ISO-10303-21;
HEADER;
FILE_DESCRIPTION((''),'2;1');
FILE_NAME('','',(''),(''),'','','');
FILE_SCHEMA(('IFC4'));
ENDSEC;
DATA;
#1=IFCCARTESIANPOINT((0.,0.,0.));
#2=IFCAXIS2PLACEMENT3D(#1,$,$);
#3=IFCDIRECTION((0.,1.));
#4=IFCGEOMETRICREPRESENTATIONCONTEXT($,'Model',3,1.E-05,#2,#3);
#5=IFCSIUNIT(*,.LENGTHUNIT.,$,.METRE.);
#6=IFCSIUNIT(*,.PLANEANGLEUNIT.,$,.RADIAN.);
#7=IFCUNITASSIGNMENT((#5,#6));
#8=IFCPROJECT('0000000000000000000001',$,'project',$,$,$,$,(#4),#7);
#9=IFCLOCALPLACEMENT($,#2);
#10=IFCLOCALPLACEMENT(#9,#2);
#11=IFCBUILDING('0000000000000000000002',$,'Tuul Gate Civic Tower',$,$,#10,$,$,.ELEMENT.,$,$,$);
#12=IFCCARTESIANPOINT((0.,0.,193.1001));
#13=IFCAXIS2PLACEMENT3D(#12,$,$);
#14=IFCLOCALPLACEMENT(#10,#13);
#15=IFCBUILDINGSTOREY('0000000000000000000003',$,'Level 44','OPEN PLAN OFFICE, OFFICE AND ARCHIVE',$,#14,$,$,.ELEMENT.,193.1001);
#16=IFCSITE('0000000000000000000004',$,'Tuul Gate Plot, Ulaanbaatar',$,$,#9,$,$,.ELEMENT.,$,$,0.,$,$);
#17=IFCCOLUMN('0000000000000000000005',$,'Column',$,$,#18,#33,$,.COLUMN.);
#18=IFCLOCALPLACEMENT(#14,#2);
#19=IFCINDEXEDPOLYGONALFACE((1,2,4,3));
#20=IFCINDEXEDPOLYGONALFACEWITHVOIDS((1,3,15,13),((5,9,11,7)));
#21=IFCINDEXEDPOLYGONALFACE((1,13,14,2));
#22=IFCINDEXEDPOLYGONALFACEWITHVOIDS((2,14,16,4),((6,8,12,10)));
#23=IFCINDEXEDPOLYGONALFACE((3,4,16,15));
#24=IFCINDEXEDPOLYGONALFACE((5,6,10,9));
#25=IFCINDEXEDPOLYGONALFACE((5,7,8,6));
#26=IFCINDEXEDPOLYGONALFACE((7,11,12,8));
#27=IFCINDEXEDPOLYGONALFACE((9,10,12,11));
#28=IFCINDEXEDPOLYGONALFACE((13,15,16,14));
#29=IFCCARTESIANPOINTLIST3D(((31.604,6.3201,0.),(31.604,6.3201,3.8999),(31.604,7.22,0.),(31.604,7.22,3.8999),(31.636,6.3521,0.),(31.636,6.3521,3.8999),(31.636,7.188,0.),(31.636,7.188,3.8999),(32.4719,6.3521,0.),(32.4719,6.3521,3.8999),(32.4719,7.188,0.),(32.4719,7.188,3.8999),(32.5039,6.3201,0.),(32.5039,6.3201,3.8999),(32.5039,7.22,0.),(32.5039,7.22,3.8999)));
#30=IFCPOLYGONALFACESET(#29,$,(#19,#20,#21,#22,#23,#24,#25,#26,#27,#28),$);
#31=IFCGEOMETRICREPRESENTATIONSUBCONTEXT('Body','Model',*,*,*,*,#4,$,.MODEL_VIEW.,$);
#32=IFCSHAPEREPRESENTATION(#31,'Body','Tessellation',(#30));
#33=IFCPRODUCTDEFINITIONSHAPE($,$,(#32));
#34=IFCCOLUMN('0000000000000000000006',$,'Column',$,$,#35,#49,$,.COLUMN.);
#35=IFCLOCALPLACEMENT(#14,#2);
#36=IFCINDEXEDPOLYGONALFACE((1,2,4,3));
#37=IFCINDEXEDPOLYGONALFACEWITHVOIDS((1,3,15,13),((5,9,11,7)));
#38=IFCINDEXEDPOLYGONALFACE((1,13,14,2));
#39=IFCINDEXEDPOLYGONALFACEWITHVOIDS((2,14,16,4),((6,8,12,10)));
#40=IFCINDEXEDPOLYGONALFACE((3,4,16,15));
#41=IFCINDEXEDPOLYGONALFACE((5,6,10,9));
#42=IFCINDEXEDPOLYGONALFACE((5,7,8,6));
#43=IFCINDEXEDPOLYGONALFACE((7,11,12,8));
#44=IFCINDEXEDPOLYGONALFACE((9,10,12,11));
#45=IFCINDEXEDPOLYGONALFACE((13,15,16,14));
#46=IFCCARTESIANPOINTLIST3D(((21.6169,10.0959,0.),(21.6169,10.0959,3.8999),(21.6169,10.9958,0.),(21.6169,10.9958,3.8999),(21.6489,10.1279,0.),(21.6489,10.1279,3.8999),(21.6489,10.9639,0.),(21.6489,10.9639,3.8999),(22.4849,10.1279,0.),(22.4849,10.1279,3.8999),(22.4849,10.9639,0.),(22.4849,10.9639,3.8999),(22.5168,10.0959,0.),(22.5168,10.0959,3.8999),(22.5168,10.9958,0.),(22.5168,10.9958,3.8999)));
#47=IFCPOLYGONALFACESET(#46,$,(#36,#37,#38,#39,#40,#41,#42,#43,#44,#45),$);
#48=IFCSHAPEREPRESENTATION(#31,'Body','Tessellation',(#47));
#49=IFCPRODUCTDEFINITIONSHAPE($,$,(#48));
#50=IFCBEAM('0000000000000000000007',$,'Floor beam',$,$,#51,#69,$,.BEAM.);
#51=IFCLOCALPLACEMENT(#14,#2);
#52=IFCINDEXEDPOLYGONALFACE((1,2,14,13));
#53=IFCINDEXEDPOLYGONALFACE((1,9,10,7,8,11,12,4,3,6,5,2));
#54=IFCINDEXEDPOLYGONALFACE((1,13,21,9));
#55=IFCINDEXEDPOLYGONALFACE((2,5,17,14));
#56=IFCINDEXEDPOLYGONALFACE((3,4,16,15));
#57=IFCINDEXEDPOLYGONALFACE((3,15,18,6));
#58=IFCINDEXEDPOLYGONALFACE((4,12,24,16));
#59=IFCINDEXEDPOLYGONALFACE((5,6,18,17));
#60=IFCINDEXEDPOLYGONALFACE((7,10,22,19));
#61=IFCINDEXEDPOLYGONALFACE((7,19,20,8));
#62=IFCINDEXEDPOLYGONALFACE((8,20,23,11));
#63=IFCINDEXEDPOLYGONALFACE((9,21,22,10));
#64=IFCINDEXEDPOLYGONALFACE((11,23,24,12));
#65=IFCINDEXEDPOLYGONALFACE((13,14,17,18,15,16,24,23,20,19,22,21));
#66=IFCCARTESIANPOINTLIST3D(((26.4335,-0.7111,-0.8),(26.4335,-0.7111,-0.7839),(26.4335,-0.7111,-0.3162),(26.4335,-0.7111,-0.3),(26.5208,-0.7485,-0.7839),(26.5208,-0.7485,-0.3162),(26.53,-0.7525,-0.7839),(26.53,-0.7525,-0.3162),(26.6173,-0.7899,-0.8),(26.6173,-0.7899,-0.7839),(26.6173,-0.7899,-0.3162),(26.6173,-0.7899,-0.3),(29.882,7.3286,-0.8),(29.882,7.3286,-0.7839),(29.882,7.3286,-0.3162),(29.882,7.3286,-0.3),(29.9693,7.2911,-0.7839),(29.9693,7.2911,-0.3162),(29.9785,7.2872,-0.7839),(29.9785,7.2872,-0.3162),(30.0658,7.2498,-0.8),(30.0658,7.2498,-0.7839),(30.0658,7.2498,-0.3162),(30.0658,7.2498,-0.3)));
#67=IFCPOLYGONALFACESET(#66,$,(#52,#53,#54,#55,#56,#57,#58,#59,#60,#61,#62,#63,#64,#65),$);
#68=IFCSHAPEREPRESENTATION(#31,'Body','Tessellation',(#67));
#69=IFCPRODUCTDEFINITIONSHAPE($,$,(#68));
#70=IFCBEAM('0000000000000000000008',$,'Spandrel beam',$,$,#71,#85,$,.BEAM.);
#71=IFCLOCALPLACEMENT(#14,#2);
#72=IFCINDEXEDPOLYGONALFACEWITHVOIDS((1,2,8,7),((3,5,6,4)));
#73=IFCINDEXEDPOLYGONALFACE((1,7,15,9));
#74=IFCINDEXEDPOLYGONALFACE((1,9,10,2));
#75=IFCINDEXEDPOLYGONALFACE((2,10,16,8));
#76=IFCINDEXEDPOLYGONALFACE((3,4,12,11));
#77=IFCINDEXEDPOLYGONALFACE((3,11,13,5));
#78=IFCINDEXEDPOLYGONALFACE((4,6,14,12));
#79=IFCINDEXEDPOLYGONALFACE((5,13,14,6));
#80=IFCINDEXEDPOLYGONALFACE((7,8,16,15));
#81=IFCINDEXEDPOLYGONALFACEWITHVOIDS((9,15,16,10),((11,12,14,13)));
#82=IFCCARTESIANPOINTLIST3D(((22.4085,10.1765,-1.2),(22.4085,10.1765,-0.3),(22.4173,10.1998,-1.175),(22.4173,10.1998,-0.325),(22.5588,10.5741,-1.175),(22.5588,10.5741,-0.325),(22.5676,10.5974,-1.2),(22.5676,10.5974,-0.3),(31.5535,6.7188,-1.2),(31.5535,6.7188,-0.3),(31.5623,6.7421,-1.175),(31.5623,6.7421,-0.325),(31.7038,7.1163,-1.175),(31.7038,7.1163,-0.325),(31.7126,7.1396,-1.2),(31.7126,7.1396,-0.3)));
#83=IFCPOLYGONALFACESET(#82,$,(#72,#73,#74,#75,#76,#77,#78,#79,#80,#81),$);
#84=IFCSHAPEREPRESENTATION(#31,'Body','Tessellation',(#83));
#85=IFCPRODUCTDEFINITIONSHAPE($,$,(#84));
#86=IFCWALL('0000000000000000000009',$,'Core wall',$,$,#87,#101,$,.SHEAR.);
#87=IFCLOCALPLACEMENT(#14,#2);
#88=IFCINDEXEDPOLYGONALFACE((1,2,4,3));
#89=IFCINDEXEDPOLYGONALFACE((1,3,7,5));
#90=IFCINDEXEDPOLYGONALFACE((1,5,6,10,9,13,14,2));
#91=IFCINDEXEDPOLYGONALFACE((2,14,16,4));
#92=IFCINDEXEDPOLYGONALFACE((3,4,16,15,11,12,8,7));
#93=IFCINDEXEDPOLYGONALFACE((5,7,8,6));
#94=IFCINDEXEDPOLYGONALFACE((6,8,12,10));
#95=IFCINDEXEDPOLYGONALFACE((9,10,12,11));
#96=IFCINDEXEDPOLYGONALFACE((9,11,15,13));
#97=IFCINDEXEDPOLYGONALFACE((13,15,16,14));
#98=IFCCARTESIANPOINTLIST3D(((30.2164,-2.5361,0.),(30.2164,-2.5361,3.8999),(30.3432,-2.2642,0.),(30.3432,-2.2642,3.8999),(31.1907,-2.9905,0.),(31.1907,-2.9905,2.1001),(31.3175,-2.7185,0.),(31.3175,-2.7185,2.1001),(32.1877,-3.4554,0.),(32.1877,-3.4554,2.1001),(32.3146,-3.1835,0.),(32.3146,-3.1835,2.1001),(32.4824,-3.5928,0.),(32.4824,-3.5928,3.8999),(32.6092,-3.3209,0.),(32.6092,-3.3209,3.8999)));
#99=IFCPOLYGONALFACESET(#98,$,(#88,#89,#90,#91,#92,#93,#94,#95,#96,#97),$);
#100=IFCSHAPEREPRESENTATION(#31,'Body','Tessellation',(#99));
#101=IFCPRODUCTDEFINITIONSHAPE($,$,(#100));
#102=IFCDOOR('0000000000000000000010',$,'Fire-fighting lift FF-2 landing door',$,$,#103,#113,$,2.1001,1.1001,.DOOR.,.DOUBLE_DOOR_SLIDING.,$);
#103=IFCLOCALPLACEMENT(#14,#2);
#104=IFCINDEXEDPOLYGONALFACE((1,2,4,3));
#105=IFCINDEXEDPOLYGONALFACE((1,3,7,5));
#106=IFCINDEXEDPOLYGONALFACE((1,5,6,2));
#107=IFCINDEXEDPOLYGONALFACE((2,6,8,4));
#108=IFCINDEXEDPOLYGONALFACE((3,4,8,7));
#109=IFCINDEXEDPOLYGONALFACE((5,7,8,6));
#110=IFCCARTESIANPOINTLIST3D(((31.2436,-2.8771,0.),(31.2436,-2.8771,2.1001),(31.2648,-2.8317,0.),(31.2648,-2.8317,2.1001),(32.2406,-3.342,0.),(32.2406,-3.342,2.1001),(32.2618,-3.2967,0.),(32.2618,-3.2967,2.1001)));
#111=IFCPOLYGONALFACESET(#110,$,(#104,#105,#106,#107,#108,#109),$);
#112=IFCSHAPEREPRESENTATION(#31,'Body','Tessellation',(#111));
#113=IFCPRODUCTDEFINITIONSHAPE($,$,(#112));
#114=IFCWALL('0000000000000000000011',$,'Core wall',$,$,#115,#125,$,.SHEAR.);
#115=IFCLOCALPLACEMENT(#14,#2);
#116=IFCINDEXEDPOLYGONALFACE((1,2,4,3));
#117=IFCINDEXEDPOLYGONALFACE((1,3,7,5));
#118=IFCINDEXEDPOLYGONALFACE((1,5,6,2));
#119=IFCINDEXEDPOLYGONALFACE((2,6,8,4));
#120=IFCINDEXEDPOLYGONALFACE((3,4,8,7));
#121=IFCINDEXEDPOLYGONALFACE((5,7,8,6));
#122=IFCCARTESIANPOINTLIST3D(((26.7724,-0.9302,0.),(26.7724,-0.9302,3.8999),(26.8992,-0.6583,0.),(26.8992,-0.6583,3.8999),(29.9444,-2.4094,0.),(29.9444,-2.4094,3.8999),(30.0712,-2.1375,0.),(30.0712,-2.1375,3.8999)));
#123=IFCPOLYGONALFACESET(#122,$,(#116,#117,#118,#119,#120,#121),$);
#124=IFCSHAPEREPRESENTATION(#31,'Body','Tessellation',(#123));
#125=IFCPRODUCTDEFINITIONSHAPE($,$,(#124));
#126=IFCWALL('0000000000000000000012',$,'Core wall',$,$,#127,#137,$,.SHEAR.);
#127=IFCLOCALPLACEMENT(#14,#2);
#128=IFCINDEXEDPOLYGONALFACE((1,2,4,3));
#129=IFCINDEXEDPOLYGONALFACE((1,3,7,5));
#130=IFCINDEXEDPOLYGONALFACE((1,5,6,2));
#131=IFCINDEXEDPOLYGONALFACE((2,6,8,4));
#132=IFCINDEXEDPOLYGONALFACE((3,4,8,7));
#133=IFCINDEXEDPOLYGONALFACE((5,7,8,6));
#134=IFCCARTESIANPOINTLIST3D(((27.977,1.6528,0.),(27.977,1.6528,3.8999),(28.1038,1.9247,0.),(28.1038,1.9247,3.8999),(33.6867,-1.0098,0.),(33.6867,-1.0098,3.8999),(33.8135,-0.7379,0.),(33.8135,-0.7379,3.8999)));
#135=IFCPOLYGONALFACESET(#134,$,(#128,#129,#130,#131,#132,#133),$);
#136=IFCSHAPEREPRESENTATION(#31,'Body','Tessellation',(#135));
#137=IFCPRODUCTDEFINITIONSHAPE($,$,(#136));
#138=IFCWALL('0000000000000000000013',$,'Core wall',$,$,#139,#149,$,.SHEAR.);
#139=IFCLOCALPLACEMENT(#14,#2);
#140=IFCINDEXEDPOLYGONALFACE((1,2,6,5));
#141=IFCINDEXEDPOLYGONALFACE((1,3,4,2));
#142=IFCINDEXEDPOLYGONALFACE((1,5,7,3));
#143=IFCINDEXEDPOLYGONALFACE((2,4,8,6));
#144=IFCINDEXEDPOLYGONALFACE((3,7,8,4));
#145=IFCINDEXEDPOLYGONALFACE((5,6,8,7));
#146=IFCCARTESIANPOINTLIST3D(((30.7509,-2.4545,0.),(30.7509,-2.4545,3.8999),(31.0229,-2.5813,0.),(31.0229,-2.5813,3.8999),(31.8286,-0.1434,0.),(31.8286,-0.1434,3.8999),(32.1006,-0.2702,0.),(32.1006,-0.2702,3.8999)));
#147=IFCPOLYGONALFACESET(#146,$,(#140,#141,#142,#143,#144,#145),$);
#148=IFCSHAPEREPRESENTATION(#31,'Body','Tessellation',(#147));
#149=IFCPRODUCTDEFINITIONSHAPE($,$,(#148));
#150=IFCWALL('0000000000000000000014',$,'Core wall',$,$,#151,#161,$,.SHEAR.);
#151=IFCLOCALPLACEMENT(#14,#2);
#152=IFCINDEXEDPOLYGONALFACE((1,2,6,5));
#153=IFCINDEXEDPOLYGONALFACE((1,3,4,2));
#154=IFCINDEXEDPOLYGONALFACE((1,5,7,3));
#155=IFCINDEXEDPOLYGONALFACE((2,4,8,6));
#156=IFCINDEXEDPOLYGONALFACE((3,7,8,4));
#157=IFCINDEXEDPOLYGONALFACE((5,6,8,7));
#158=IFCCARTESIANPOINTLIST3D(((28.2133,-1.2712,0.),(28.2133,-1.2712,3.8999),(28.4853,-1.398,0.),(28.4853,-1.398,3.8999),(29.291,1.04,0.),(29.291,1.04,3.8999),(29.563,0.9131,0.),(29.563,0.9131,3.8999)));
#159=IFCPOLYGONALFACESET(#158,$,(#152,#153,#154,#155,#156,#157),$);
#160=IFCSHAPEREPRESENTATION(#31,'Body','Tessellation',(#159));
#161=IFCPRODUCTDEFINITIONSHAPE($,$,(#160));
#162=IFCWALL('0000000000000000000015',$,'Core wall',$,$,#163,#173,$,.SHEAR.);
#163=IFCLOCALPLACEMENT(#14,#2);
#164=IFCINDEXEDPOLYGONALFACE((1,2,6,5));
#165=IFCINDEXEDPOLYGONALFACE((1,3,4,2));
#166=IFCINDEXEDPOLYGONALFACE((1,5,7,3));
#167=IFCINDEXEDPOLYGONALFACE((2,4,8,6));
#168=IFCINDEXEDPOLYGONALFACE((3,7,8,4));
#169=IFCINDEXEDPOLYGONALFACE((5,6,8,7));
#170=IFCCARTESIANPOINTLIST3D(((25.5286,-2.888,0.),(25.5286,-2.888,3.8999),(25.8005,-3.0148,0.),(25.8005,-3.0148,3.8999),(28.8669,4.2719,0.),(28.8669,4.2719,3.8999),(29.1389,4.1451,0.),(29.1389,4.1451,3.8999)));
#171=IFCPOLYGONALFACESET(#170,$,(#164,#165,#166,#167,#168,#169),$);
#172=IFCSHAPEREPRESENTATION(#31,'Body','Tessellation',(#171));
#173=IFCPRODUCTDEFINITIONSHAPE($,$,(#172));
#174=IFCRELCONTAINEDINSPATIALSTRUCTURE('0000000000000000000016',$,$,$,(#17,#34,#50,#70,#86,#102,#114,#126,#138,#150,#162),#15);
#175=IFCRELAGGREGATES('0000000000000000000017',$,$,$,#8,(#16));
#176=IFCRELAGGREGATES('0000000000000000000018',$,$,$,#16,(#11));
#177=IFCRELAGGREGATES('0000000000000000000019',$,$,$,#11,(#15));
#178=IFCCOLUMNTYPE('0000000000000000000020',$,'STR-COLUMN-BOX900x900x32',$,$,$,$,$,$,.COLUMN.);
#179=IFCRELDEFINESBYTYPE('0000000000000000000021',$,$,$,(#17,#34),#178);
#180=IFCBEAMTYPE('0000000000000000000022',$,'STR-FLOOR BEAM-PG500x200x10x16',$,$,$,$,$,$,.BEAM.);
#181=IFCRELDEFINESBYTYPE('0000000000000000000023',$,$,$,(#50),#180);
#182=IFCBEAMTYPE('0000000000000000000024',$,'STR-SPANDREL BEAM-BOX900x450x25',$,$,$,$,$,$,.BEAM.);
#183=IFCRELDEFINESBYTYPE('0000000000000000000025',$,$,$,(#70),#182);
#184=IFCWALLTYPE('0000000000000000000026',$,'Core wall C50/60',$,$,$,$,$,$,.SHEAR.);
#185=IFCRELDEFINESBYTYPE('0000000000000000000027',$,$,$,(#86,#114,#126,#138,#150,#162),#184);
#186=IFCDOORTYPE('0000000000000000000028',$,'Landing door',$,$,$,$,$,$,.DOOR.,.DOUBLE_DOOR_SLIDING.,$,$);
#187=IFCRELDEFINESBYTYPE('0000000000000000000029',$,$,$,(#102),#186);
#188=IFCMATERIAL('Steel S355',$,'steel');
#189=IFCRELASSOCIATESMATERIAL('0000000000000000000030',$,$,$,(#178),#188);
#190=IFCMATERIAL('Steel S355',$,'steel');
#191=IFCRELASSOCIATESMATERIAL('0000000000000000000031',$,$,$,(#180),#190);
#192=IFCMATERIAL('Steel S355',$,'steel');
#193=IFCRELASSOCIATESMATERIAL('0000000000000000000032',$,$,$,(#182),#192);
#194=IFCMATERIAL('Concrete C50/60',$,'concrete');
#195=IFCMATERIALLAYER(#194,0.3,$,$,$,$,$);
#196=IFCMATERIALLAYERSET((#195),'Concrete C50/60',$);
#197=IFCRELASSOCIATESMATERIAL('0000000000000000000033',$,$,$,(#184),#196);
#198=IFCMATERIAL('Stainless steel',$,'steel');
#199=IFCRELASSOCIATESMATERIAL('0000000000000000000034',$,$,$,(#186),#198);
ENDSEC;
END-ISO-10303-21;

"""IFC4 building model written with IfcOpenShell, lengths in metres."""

from ifc_helpers import new_model, si_unit, direction, frame, frame_2d, origin, origin_2d, place, context, subcontext, project, spatial, rectangle, hollow_rectangle, i_section, extrude, material, layer, layer_set, material_profile, profile_set, type_object, element, fill, save


model = new_model("IFC4")

# Units and contexts
model_context = context("Model", 3, precision=1e-05, world=origin(), true_north=direction((0.0, 1.0)))
body_context = subcontext(model_context, "Body", "Model", "MODEL_VIEW")
ifc_project = project(units=[si_unit("LENGTHUNIT", "METRE"), si_unit("PLANEANGLEUNIT", "RADIAN")], contexts=[model_context])

# Site, building, storey
site_placement = place(None, origin())
site = spatial("IfcSite", under=ifc_project, at=site_placement, Name="Tuul Gate Plot, Ulaanbaatar", CompositionType="ELEMENT", RefElevation=0.0)
building_placement = place(site_placement, origin())
building = spatial("IfcBuilding", under=site, at=building_placement, Name="Tuul Gate Civic Tower", CompositionType="ELEMENT")
storey_placement = place(building_placement, frame((0.0, 0.0, 193.1001)))
storey = spatial("IfcBuildingStorey", under=building, at=storey_placement, Name="Level 44", Description="OPEN PLAN OFFICE, OFFICE AND ARCHIVE", CompositionType="ELEMENT", Elevation=193.1001)

# Columns
ifc_material_1 = material(Name="Steel S355", Category="steel")
ifc_material_profile_1 = material_profile(ifc_material_1, hollow_rectangle(XDim=0.8999, YDim=0.8999, WallThickness=0.032, at=origin_2d()), Name="BOX900x900x32")
ifc_profile_set_1 = profile_set([ifc_material_profile_1], Name="Steel S355")
column_type = type_object("IfcColumnType", Name="STR-COLUMN-BOX900x900x32", PredefinedType="COLUMN", material=ifc_profile_set_1)
for number, where, z_axis, x_axis, name in (
    (1, (32.054, 6.77, 0.0), (0.0, 0.0, 1.0), (1.0, 0.0, 0.0), "Column"),
    (2, (22.0669, 10.5459, 0.0), (0.0, 0.0, 1.0), (1.0, 0.0, 0.0), "Column"),
):
    element("IfcColumn", number, at=place(storey_placement, frame(where, z_axis=z_axis, x_axis=x_axis)), inside=storey, type_object=column_type, Name=name, PredefinedType="COLUMN", context=body_context, shape_type="SweptSolid", body=[
        extrude(hollow_rectangle(XDim=0.8999, YDim=0.8999, WallThickness=0.032, at=origin_2d()), origin(), (0.0, 0.0, 1.0), 3.8999),
    ])

# Beams
ifc_material_2 = material(Name="Steel S355", Category="steel")
ifc_material_profile_2 = material_profile(ifc_material_2, i_section(OverallWidth=0.2, OverallDepth=0.5, WebThickness=0.01, FlangeThickness=0.0161, at=origin_2d()), Name="PG500x200x10x16")
ifc_profile_set_2 = profile_set([ifc_material_profile_2], Name="Steel S355")
beam_type_1 = type_object("IfcBeamType", Name="STR-FLOOR BEAM-PG500x200x10x16", PredefinedType="BEAM", material=ifc_profile_set_2)
beam_1_placement = place(storey_placement, frame((26.5254, -0.7505, -0.55), z_axis=(0.394206, 0.919022, 0.0), x_axis=(-0.919022, 0.394206, 0.0)))
element("IfcBeam", 3, at=beam_1_placement, inside=storey, type_object=beam_type_1, Name="Floor beam", PredefinedType="BEAM", context=body_context, shape_type="SweptSolid", body=[
    extrude(i_section(OverallWidth=0.2, OverallDepth=0.5, WebThickness=0.01, FlangeThickness=0.0161, at=origin_2d()), origin(), (0.0, 0.0, 1.0), 8.748),
])
ifc_material_3 = material(Name="Steel S355", Category="steel")
ifc_material_profile_3 = material_profile(ifc_material_3, hollow_rectangle(XDim=0.45, YDim=0.8999, WallThickness=0.0249, at=origin_2d()), Name="BOX900x450x25")
ifc_profile_set_3 = profile_set([ifc_material_profile_3], Name="Steel S355")
beam_type_2 = type_object("IfcBeamType", Name="STR-SPANDREL BEAM-BOX900x450x25", PredefinedType="BEAM", material=ifc_profile_set_3)
beam_2_placement = place(storey_placement, frame((31.6331, 6.9292, -0.75), z_axis=(-0.935371, 0.353667, 0.0), x_axis=(-0.353667, -0.935371, 0.0)))
element("IfcBeam", 4, at=beam_2_placement, inside=storey, type_object=beam_type_2, Name="Spandrel beam", PredefinedType="BEAM", context=body_context, shape_type="SweptSolid", body=[
    extrude(hollow_rectangle(XDim=0.45, YDim=0.8999, WallThickness=0.0249, at=origin_2d()), origin(), (0.0, 0.0, 1.0), 9.7769),
])

# Wall, opening, door
ifc_material_4 = material(Name="Concrete C50/60", Category="concrete")
ifc_layer_1 = layer(ifc_material_4, 0.3)
ifc_layer_set_1 = layer_set([ifc_layer_1], Name="Concrete C50/60")
wall_type_1 = type_object("IfcWallType", Name="Core wall C50/60", PredefinedType="SHEAR", material=ifc_layer_set_1)
wall_1_placement = place(storey_placement, frame((32.5457, -3.4568, 0.0), z_axis=(0.0, 0.0, 1.0), x_axis=(-0.9063, 0.422634, 0.0)))
wall_1 = element("IfcWall", 5, at=wall_1_placement, inside=storey, type_object=wall_type_1, Name="Core wall", PredefinedType="SHEAR", context=body_context, shape_type="SweptSolid", body=[
    extrude(rectangle(XDim=2.5002, YDim=0.3, at=frame_2d((1.25, 0.0))), origin(), (0.0, 0.0, 1.0), 3.8999),
])
opening_1_placement = place(wall_1_placement, frame((0.325, 0.0, 0.0)))
opening_1 = element("IfcOpeningElement", 6, at=opening_1_placement, cuts=wall_1, PredefinedType="OPENING", context=body_context, shape_type="SweptSolid", body=[
    extrude(rectangle(XDim=1.1001, YDim=2.1001, at=frame_2d((0.55, 1.05))), frame((0.0, 0.1602, 0.0), z_axis=(0.0, -1.0, 0.0), x_axis=(1.0, 0.0, 0.0)), (0.0, 0.0, 1.0), 0.3201),
])
ifc_material_5 = material(Name="Stainless steel", Category="steel")
door_type_1 = type_object("IfcDoorType", Name="Landing door", OperationType="DOUBLE_DOOR_SLIDING", PredefinedType="DOOR", material=ifc_material_5)
door_1_placement = place(opening_1_placement, origin())
door_1 = element("IfcDoor", 7, at=door_1_placement, inside=storey, type_object=door_type_1, Name="Fire-fighting lift FF-2 landing door", OperationType="DOUBLE_DOOR_SLIDING", OverallHeight=2.1001, OverallWidth=1.1001, PredefinedType="DOOR", context=body_context, shape_type="SweptSolid", body=[
    extrude(rectangle(XDim=1.1001, YDim=2.1001, at=frame_2d((0.55, 1.05))), frame((0.0, 0.0249, 0.0), z_axis=(0.0, -1.0, 0.0), x_axis=(1.0, 0.0, 0.0)), (0.0, 0.0, 1.0), 0.05),
])
fill(opening_1, door_1)

# Walls
wall_2_placement = place(storey_placement, frame((30.0078, -2.2734, 0.0), z_axis=(0.0, 0.0, 1.0), x_axis=(-0.906301, 0.422633, 0.0)))
element("IfcWall", 8, at=wall_2_placement, inside=storey, type_object=wall_type_1, Name="Core wall", PredefinedType="SHEAR", context=body_context, shape_type="SweptSolid", body=[
    extrude(rectangle(XDim=3.5, YDim=0.3, at=frame_2d((1.75, 0.0))), origin(), (0.0, 0.0, 1.0), 3.8999),
])
wall_3_placement = place(storey_placement, frame((33.75, -0.8738, 0.0), z_axis=(0.0, 0.0, 1.0), x_axis=(-0.906301, 0.422633, 0.0)))
element("IfcWall", 9, at=wall_3_placement, inside=storey, type_object=wall_type_1, Name="Core wall", PredefinedType="SHEAR", context=body_context, shape_type="SweptSolid", body=[
    extrude(rectangle(XDim=6.3, YDim=0.3, at=frame_2d((3.1499, 0.0))), origin(), (0.0, 0.0, 1.0), 3.8999),
])
for number, where, z_axis, x_axis, name in (
    (10, (30.887, -2.5178, 0.0), (0.0, 0.0, 1.0), (0.422613, 0.90631, 0.0), "Core wall"),
    (11, (28.3494, -1.3345, 0.0), (0.0, 0.0, 1.0), (0.422613, 0.90631, 0.0), "Core wall"),
):
    element("IfcWall", number, at=place(storey_placement, frame(where, z_axis=z_axis, x_axis=x_axis)), inside=storey, type_object=wall_type_1, Name=name, PredefinedType="SHEAR", context=body_context, shape_type="SweptSolid", body=[
        extrude(rectangle(XDim=2.55, YDim=0.3, at=frame_2d((1.2749, 0.0))), origin(), (0.0, 0.0, 1.0), 3.8999),
    ])
wall_4_placement = place(storey_placement, frame((25.6646, -2.9514, 0.0), z_axis=(0.0, 0.0, 1.0), x_axis=(0.422583, 0.906324, 0.0)))
element("IfcWall", 12, at=wall_4_placement, inside=storey, type_object=wall_type_1, Name="Core wall", PredefinedType="SHEAR", context=body_context, shape_type="SweptSolid", body=[
    extrude(rectangle(XDim=7.8999, YDim=0.3, at=frame_2d((3.95, 0.0))), origin(), (0.0, 0.0, 1.0), 3.8999),
])

save(model, "model.ifc")
